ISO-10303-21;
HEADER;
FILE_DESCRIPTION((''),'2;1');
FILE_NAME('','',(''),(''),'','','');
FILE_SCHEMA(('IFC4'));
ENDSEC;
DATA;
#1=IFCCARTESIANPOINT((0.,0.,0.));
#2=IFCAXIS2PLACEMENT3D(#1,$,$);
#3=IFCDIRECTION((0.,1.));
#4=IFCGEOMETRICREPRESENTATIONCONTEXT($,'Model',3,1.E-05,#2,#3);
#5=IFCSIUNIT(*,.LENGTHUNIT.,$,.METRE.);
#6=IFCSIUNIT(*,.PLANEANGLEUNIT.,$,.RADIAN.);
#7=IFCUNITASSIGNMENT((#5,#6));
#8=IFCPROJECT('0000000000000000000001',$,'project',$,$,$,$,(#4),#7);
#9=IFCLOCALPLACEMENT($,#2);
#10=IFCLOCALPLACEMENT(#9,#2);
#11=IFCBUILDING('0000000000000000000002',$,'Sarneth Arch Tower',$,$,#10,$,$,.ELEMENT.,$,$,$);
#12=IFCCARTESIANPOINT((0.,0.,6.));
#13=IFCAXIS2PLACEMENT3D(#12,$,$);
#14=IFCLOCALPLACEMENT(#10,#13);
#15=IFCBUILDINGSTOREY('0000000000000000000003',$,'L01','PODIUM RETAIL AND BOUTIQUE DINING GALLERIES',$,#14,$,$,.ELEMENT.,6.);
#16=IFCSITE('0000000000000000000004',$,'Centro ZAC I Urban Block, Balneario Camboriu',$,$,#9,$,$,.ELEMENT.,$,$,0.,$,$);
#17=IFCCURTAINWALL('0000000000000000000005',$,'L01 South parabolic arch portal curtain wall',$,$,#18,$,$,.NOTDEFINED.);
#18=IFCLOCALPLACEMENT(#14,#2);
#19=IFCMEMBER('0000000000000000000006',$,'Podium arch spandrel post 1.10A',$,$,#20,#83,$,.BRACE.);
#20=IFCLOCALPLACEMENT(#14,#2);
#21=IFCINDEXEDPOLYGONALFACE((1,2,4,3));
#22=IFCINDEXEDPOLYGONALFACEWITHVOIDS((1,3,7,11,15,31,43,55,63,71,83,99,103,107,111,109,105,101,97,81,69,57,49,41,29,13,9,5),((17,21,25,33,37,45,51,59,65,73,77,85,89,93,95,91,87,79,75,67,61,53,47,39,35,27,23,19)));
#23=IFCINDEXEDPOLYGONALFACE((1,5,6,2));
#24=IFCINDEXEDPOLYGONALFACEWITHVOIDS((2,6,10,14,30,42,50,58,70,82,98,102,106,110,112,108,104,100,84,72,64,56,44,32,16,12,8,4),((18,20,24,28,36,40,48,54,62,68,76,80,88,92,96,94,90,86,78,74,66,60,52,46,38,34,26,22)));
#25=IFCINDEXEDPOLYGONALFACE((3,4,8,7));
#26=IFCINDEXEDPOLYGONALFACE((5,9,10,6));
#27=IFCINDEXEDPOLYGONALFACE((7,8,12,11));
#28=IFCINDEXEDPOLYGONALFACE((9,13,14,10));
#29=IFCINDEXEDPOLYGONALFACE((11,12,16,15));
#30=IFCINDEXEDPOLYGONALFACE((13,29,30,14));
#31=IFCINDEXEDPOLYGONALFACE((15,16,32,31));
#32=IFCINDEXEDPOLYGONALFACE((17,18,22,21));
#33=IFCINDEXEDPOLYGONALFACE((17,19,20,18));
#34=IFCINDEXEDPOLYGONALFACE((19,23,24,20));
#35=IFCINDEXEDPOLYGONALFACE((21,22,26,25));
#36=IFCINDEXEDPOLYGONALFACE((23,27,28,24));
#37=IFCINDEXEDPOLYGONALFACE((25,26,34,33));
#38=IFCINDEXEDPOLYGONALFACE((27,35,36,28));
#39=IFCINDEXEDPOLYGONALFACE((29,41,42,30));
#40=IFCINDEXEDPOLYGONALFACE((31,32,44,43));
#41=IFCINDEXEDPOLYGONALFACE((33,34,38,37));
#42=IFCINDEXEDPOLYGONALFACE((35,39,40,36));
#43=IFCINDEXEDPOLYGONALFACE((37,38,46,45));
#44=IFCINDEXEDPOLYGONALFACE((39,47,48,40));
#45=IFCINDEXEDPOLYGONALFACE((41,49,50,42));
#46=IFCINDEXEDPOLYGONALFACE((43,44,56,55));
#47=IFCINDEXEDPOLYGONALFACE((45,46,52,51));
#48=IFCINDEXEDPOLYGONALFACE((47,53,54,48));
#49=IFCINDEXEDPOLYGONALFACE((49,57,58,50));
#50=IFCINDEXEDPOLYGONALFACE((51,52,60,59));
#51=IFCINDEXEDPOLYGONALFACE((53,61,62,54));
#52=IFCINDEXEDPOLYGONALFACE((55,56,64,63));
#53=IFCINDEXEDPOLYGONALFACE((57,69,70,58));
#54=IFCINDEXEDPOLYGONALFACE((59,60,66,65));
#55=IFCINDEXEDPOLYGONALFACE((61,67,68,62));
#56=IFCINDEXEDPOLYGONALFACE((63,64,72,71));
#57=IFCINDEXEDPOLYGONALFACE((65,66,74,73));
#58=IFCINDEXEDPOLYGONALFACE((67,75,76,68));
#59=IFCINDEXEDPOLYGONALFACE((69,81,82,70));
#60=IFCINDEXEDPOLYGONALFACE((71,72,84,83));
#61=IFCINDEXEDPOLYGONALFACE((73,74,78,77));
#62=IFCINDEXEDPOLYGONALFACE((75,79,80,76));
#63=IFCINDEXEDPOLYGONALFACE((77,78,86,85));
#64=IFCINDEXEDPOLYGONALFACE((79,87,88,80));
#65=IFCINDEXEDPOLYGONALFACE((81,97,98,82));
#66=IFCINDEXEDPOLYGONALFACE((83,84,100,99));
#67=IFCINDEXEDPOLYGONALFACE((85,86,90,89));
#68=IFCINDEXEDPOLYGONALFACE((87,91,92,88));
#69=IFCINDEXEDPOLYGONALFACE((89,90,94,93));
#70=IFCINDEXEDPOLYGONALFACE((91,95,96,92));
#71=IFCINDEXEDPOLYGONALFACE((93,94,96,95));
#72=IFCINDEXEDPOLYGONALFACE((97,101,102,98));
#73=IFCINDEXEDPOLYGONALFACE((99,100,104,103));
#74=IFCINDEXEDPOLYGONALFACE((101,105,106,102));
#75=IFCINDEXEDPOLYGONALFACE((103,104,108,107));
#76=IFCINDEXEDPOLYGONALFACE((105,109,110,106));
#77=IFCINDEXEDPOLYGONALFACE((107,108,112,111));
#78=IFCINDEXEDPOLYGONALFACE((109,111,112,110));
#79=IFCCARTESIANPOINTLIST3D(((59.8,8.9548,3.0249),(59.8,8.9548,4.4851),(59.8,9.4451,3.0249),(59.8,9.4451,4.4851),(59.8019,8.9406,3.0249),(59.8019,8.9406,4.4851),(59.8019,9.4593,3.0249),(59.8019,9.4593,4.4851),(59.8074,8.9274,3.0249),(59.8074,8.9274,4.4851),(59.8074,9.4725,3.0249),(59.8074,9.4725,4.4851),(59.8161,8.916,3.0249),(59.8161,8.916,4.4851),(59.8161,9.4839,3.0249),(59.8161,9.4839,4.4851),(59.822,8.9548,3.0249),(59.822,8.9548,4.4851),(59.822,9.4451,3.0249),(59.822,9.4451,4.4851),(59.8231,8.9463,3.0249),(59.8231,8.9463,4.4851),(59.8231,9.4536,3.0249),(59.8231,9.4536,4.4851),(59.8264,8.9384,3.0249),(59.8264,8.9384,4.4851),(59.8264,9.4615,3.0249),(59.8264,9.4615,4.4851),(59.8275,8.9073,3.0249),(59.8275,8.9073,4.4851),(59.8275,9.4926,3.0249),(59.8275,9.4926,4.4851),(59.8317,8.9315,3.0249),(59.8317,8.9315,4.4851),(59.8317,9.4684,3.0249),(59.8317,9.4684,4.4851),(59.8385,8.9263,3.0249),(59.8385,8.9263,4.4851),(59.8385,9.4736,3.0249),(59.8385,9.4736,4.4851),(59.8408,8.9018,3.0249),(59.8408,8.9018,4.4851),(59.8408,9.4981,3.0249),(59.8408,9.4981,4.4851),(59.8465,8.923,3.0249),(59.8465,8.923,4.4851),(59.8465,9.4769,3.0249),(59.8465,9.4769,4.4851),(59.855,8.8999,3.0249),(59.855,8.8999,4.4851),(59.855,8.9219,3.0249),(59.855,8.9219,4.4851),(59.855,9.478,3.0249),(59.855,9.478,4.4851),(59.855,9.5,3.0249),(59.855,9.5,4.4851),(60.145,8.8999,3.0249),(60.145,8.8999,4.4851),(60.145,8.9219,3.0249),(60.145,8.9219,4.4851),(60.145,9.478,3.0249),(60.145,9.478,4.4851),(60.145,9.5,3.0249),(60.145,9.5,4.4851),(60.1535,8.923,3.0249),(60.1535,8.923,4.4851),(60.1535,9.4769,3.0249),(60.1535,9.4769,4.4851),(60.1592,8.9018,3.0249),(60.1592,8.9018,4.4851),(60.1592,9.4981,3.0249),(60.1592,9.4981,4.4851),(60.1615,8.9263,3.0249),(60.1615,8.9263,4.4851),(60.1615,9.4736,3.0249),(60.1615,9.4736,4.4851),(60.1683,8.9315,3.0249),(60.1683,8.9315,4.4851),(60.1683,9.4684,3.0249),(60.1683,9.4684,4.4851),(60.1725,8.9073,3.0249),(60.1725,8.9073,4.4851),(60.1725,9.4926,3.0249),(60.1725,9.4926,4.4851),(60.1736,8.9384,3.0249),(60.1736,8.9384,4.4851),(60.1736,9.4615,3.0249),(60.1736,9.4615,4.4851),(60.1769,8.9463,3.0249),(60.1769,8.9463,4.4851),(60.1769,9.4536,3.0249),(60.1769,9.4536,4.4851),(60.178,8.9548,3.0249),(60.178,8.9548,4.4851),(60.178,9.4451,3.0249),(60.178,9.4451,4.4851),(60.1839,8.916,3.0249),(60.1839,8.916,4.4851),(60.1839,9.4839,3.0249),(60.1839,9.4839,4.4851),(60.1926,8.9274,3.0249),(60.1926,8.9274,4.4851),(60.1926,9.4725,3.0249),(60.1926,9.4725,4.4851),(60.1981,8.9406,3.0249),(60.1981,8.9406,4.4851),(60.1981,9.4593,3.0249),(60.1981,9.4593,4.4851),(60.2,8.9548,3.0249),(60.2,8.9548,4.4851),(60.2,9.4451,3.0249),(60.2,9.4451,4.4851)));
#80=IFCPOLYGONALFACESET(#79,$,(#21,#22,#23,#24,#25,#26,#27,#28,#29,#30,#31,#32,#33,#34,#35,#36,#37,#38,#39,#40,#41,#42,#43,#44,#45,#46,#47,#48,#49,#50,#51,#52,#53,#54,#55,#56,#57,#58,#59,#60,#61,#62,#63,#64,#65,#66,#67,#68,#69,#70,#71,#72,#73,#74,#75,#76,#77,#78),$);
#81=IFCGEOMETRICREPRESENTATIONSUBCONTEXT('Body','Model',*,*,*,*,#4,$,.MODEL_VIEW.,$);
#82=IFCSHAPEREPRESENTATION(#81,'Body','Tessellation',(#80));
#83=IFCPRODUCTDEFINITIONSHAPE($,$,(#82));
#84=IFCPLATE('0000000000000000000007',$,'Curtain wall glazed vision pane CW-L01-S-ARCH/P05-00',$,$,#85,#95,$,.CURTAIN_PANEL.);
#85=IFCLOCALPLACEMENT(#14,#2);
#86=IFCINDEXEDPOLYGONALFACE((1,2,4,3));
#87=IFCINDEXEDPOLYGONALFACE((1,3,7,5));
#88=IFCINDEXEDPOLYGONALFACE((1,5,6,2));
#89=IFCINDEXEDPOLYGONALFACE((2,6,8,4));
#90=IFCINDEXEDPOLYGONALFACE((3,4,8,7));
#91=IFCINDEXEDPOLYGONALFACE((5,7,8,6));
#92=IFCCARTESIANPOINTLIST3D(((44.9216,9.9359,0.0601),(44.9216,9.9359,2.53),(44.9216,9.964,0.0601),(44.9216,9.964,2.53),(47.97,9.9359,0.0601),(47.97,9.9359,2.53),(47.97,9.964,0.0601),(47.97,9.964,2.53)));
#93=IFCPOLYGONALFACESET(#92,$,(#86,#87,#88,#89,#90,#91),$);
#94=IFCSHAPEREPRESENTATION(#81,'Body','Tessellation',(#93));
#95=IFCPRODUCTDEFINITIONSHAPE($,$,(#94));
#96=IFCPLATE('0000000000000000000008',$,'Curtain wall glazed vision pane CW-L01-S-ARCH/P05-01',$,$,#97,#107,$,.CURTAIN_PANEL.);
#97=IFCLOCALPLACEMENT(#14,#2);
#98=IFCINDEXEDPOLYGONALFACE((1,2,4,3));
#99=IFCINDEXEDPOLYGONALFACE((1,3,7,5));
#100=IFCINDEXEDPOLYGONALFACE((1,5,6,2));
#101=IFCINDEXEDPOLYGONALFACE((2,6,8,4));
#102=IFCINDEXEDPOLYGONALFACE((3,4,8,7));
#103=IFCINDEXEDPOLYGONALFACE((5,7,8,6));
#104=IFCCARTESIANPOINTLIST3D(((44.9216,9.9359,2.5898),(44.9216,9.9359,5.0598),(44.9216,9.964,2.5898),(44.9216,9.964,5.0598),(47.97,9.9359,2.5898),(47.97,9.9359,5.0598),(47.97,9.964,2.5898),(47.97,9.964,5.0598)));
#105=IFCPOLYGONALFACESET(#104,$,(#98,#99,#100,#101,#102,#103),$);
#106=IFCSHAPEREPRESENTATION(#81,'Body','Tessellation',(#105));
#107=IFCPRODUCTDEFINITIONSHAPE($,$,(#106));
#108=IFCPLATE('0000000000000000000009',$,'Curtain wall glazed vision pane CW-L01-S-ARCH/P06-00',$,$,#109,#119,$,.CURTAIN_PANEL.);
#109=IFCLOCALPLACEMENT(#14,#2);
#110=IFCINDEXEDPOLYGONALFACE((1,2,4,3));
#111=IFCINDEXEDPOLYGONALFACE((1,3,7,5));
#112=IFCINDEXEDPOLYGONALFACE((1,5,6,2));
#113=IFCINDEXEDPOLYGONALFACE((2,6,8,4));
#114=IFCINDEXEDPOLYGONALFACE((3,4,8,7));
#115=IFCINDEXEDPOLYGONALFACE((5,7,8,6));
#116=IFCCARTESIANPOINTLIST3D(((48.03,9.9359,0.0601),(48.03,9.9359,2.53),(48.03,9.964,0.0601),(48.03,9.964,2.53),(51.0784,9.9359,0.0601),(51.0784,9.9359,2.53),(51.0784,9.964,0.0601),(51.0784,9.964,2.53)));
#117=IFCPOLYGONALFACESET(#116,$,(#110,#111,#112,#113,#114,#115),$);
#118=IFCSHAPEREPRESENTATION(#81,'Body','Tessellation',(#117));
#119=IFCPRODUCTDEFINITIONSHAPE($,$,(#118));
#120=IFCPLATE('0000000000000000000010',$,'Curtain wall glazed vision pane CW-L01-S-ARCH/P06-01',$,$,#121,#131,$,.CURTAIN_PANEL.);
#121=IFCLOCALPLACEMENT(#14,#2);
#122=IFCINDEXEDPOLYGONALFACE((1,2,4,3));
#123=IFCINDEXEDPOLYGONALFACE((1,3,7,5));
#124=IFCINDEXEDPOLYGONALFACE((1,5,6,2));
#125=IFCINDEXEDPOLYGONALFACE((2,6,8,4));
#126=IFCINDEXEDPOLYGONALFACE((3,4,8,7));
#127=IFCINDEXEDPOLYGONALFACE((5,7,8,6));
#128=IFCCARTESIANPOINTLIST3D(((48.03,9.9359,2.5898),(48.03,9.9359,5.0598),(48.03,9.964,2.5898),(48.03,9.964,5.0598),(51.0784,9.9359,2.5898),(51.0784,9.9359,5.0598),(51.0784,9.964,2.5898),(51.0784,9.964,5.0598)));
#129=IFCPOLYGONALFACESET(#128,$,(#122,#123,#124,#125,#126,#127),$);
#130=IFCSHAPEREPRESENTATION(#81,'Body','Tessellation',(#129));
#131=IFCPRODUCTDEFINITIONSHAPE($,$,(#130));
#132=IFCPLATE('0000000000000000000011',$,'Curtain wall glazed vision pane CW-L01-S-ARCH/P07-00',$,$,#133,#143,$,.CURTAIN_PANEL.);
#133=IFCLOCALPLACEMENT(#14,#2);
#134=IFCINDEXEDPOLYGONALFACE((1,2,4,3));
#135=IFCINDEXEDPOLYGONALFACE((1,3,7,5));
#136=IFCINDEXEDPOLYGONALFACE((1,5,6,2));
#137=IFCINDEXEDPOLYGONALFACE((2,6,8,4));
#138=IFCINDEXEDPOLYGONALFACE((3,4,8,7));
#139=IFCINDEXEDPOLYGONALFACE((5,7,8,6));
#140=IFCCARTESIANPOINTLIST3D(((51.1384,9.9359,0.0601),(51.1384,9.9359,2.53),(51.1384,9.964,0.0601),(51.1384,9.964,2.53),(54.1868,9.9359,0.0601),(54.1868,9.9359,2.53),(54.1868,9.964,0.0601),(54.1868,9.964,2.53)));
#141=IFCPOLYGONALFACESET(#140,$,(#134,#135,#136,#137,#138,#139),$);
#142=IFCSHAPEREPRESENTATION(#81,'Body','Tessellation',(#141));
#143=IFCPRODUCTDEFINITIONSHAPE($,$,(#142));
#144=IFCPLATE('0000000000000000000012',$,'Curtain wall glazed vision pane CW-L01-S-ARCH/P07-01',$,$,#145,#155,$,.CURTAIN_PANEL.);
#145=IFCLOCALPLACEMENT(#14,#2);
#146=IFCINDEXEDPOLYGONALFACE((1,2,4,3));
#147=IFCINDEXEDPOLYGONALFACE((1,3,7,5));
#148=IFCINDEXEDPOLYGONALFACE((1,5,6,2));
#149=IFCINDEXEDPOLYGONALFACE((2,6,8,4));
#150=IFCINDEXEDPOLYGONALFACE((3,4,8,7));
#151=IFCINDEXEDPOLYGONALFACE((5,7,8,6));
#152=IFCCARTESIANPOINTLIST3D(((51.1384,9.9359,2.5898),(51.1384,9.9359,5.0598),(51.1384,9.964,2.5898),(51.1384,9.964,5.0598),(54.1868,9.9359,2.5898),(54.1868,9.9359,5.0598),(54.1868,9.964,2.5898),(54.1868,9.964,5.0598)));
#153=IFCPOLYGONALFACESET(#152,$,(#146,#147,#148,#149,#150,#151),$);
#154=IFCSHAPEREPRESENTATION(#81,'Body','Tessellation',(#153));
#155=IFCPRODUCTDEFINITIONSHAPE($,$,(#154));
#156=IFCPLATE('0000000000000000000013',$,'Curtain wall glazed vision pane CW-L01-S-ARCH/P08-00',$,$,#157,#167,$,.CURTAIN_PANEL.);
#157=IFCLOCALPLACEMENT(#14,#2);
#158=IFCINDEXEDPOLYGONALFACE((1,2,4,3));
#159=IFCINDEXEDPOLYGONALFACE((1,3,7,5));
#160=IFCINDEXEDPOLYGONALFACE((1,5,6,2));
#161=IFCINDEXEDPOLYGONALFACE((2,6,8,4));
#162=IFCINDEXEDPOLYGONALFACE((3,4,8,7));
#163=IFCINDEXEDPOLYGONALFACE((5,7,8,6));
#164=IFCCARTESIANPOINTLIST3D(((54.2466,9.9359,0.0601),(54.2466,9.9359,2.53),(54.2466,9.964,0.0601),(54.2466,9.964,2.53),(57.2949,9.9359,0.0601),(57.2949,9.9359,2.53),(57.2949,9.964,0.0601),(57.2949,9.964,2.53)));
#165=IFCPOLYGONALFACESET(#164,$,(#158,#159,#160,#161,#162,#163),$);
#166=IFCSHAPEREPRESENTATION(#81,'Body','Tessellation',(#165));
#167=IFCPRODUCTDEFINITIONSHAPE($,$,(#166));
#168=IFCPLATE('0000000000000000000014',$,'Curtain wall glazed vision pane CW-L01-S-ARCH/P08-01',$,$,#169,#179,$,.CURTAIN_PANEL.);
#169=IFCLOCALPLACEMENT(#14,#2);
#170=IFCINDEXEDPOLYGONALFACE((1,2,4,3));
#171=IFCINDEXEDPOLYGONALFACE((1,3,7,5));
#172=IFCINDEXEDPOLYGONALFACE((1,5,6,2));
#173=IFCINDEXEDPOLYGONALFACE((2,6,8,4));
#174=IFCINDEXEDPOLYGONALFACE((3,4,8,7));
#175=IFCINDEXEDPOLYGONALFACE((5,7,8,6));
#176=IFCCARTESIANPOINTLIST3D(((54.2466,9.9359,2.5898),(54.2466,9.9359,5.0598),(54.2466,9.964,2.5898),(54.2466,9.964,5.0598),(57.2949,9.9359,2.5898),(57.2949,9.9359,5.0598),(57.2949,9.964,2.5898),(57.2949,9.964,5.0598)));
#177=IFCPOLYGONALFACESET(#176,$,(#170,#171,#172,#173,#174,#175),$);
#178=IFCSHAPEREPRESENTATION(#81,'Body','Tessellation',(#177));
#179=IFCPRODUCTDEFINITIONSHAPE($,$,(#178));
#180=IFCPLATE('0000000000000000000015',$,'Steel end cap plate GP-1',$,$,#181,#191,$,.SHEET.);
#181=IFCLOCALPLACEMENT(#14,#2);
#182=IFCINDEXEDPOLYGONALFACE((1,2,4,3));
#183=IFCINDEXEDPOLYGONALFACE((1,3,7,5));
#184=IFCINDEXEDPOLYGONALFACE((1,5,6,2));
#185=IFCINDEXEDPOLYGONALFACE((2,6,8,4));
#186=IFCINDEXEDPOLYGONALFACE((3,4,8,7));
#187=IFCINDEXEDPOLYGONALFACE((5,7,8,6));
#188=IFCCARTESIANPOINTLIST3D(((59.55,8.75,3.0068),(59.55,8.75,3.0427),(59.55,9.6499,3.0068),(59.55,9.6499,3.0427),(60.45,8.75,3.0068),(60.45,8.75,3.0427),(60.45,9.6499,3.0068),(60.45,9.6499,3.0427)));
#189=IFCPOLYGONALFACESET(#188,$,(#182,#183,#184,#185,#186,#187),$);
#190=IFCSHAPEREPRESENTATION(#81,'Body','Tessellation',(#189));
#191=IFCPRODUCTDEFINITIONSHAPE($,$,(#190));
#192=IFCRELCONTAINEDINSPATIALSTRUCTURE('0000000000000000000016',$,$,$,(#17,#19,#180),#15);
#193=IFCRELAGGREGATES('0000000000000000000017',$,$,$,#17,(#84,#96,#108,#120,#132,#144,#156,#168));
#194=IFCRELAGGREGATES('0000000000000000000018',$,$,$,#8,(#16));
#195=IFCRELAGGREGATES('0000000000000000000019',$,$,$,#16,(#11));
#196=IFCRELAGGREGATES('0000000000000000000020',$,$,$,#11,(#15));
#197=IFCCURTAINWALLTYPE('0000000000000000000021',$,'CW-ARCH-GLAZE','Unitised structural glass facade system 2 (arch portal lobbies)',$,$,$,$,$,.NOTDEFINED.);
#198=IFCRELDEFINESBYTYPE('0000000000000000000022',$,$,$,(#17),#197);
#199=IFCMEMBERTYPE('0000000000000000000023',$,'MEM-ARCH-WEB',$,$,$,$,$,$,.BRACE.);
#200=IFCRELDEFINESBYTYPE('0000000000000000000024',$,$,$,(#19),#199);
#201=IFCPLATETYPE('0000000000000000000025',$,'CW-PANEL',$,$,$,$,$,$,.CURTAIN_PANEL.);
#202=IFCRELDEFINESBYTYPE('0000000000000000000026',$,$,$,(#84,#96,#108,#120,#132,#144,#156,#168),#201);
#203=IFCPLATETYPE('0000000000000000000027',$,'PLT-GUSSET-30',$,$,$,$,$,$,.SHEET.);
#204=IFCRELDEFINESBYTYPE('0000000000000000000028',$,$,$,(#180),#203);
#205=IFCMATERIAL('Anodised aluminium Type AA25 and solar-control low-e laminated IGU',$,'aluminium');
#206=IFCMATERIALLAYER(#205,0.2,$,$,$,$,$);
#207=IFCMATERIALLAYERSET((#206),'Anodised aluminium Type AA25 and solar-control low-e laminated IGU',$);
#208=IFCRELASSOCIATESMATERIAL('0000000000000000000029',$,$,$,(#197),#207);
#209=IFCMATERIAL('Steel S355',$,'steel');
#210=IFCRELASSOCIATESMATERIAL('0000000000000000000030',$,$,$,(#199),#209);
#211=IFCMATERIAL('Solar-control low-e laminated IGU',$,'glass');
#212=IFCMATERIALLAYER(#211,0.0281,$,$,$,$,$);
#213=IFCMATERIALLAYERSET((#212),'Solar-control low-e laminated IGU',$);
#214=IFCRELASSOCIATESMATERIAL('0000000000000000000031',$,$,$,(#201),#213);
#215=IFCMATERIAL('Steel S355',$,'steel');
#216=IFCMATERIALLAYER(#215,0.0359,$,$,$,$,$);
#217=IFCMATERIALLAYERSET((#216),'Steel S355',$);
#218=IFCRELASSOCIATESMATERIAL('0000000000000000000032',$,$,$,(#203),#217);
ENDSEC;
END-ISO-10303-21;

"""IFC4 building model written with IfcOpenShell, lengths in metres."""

from ifc_helpers import new_model, si_unit, direction, frame, origin, origin_2d, place, context, subcontext, project, spatial, rectangle, hollow_rectangle, extrude, material, layer, layer_set, material_profile, profile_set, type_object, element, aggregate, save


model = new_model("IFC4")

# Units and contexts
model_context = context("Model", 3, precision=1e-05, world=origin(), true_north=direction((0.0, 1.0)))
body_context = subcontext(model_context, "Body", "Model", "MODEL_VIEW")
ifc_project = project(units=[si_unit("LENGTHUNIT", "METRE"), si_unit("PLANEANGLEUNIT", "RADIAN")], contexts=[model_context])

# Site, building, storey
site_placement = place(None, origin())
site = spatial("IfcSite", under=ifc_project, at=site_placement, Name="Centro ZAC I Urban Block, Balneario Camboriu", CompositionType="ELEMENT", RefElevation=0.0)
building_placement = place(site_placement, origin())
building = spatial("IfcBuilding", under=site, at=building_placement, Name="Sarneth Arch Tower", CompositionType="ELEMENT")
storey_placement = place(building_placement, frame((0.0, 0.0, 6.0)))
storey = spatial("IfcBuildingStorey", under=building, at=storey_placement, Name="L01", Description="PODIUM RETAIL AND BOUTIQUE DINING GALLERIES", CompositionType="ELEMENT", Elevation=6.0)

# Curtain wall
ifc_material_1 = material(Name="Anodised aluminium Type AA25 and solar-control low-e laminated IGU", Category="aluminium")
ifc_layer_1 = layer(ifc_material_1, 0.2)
ifc_layer_set_1 = layer_set([ifc_layer_1], Name="Anodised aluminium Type AA25 and solar-control low-e laminated IGU")
curtain_wall_type = type_object("IfcCurtainWallType", Name="CW-ARCH-GLAZE", Description="Unitised structural glass facade system 2 (arch portal lobbies)", PredefinedType="NOTDEFINED", material=ifc_layer_set_1)
curtain_wall_placement = place(storey_placement, origin())
curtain_wall = element("IfcCurtainWall", 1, at=curtain_wall_placement, inside=storey, type_object=curtain_wall_type, Name="L01 South parabolic arch portal curtain wall", PredefinedType="NOTDEFINED")

# Member
ifc_material_2 = material(Name="Steel S355", Category="steel")
ifc_material_profile_1 = material_profile(ifc_material_2, hollow_rectangle(XDim=0.3999, YDim=0.6001, WallThickness=0.022, InnerFilletRadius=0.033, OuterFilletRadius=0.0549, at=origin_2d()), Name="RHS600x400x22")
ifc_profile_set_1 = profile_set([ifc_material_profile_1], Name="Steel S355")
member_type_1 = type_object("IfcMemberType", Name="MEM-ARCH-WEB", PredefinedType="BRACE", material=ifc_profile_set_1)
member_1_placement = place(storey_placement, frame((60.0, 9.2, 3.0249), z_axis=(0.0, 0.0, 1.0), x_axis=(1.0, 0.0, 0.0)))
element("IfcMember", 2, at=member_1_placement, inside=storey, type_object=member_type_1, Name="Podium arch spandrel post 1.10A", PredefinedType="BRACE", context=body_context, shape_type="SweptSolid", body=[
    extrude(hollow_rectangle(XDim=0.3999, YDim=0.6001, WallThickness=0.022, InnerFilletRadius=0.033, OuterFilletRadius=0.0549, at=origin_2d()), origin(), (0.0, 0.0, 1.0), 1.4602),
])

# Plates
ifc_material_3 = material(Name="Solar-control low-e laminated IGU", Category="glass")
ifc_layer_2 = layer(ifc_material_3, 0.0281)
ifc_layer_set_2 = layer_set([ifc_layer_2], Name="Solar-control low-e laminated IGU")
plate_type_1 = type_object("IfcPlateType", Name="CW-PANEL", PredefinedType="CURTAIN_PANEL", material=ifc_layer_set_2)
plate_1_placement = place(storey_placement, frame((46.4458, 9.95, 0.0601), z_axis=(0.0, 0.0, 1.0), x_axis=(1.0, 0.0, 0.0)))
plate_1 = element("IfcPlate", 3, at=plate_1_placement, type_object=plate_type_1, Name="Curtain wall glazed vision pane CW-L01-S-ARCH/P05-00", PredefinedType="CURTAIN_PANEL", context=body_context, shape_type="SweptSolid", body=[
    extrude(rectangle(XDim=3.0483, YDim=0.0281, at=origin_2d()), origin(), (0.0, 0.0, 1.0), 2.47),
])
plate_2_placement = place(storey_placement, frame((46.4458, 9.95, 2.5898), z_axis=(0.0, 0.0, 1.0), x_axis=(1.0, 0.0, 0.0)))
plate_2 = element("IfcPlate", 4, at=plate_2_placement, type_object=plate_type_1, Name="Curtain wall glazed vision pane CW-L01-S-ARCH/P05-01", PredefinedType="CURTAIN_PANEL", context=body_context, shape_type="SweptSolid", body=[
    extrude(rectangle(XDim=3.0483, YDim=0.0281, at=origin_2d()), origin(), (0.0, 0.0, 1.0), 2.47),
])
plate_3_placement = place(storey_placement, frame((49.5542, 9.95, 0.0601), z_axis=(0.0, 0.0, 1.0), x_axis=(1.0, 0.0, 0.0)))
plate_3 = element("IfcPlate", 5, at=plate_3_placement, type_object=plate_type_1, Name="Curtain wall glazed vision pane CW-L01-S-ARCH/P06-00", PredefinedType="CURTAIN_PANEL", context=body_context, shape_type="SweptSolid", body=[
    extrude(rectangle(XDim=3.0483, YDim=0.0281, at=origin_2d()), origin(), (0.0, 0.0, 1.0), 2.47),
])
plate_4_placement = place(storey_placement, frame((49.5542, 9.95, 2.5898), z_axis=(0.0, 0.0, 1.0), x_axis=(1.0, 0.0, 0.0)))
plate_4 = element("IfcPlate", 6, at=plate_4_placement, type_object=plate_type_1, Name="Curtain wall glazed vision pane CW-L01-S-ARCH/P06-01", PredefinedType="CURTAIN_PANEL", context=body_context, shape_type="SweptSolid", body=[
    extrude(rectangle(XDim=3.0483, YDim=0.0281, at=origin_2d()), origin(), (0.0, 0.0, 1.0), 2.47),
])
plate_5_placement = place(storey_placement, frame((52.6626, 9.95, 0.0601), z_axis=(0.0, 0.0, 1.0), x_axis=(1.0, 0.0, 0.0)))
plate_5 = element("IfcPlate", 7, at=plate_5_placement, type_object=plate_type_1, Name="Curtain wall glazed vision pane CW-L01-S-ARCH/P07-00", PredefinedType="CURTAIN_PANEL", context=body_context, shape_type="SweptSolid", body=[
    extrude(rectangle(XDim=3.0483, YDim=0.0281, at=origin_2d()), origin(), (0.0, 0.0, 1.0), 2.47),
])
plate_6_placement = place(storey_placement, frame((52.6626, 9.95, 2.5898), z_axis=(0.0, 0.0, 1.0), x_axis=(1.0, 0.0, 0.0)))
plate_6 = element("IfcPlate", 8, at=plate_6_placement, type_object=plate_type_1, Name="Curtain wall glazed vision pane CW-L01-S-ARCH/P07-01", PredefinedType="CURTAIN_PANEL", context=body_context, shape_type="SweptSolid", body=[
    extrude(rectangle(XDim=3.0483, YDim=0.0281, at=origin_2d()), origin(), (0.0, 0.0, 1.0), 2.47),
])
plate_7_placement = place(storey_placement, frame((55.7708, 9.95, 0.0601), z_axis=(0.0, 0.0, 1.0), x_axis=(1.0, 0.0, 0.0)))
plate_7 = element("IfcPlate", 9, at=plate_7_placement, type_object=plate_type_1, Name="Curtain wall glazed vision pane CW-L01-S-ARCH/P08-00", PredefinedType="CURTAIN_PANEL", context=body_context, shape_type="SweptSolid", body=[
    extrude(rectangle(XDim=3.0483, YDim=0.0281, at=origin_2d()), origin(), (0.0, 0.0, 1.0), 2.47),
])
plate_8_placement = place(storey_placement, frame((55.7708, 9.95, 2.5898), z_axis=(0.0, 0.0, 1.0), x_axis=(1.0, 0.0, 0.0)))
plate_8 = element("IfcPlate", 10, at=plate_8_placement, type_object=plate_type_1, Name="Curtain wall glazed vision pane CW-L01-S-ARCH/P08-01", PredefinedType="CURTAIN_PANEL", context=body_context, shape_type="SweptSolid", body=[
    extrude(rectangle(XDim=3.0483, YDim=0.0281, at=origin_2d()), origin(), (0.0, 0.0, 1.0), 2.47),
])
aggregate(curtain_wall, [plate_1, plate_2, plate_3, plate_4, plate_5, plate_6, plate_7, plate_8])

# Plate
ifc_material_4 = material(Name="Steel S355", Category="steel")
ifc_layer_3 = layer(ifc_material_4, 0.0359)
ifc_layer_set_3 = layer_set([ifc_layer_3], Name="Steel S355")
plate_type_2 = type_object("IfcPlateType", Name="PLT-GUSSET-30", PredefinedType="SHEET", material=ifc_layer_set_3)
plate_9_placement = place(storey_placement, frame((60.0, 9.2, 3.0068), z_axis=(0.0, 0.0, 1.0), x_axis=(-1.0, 0.0, 0.0)))
element("IfcPlate", 11, at=plate_9_placement, inside=storey, type_object=plate_type_2, Name="Steel end cap plate GP-1", PredefinedType="SHEET", context=body_context, shape_type="SweptSolid", body=[
    extrude(rectangle(XDim=0.8999, YDim=0.8999, at=origin_2d()), origin(), (0.0, 0.0, 1.0), 0.0359),
])

save(model, "model.ifc")
